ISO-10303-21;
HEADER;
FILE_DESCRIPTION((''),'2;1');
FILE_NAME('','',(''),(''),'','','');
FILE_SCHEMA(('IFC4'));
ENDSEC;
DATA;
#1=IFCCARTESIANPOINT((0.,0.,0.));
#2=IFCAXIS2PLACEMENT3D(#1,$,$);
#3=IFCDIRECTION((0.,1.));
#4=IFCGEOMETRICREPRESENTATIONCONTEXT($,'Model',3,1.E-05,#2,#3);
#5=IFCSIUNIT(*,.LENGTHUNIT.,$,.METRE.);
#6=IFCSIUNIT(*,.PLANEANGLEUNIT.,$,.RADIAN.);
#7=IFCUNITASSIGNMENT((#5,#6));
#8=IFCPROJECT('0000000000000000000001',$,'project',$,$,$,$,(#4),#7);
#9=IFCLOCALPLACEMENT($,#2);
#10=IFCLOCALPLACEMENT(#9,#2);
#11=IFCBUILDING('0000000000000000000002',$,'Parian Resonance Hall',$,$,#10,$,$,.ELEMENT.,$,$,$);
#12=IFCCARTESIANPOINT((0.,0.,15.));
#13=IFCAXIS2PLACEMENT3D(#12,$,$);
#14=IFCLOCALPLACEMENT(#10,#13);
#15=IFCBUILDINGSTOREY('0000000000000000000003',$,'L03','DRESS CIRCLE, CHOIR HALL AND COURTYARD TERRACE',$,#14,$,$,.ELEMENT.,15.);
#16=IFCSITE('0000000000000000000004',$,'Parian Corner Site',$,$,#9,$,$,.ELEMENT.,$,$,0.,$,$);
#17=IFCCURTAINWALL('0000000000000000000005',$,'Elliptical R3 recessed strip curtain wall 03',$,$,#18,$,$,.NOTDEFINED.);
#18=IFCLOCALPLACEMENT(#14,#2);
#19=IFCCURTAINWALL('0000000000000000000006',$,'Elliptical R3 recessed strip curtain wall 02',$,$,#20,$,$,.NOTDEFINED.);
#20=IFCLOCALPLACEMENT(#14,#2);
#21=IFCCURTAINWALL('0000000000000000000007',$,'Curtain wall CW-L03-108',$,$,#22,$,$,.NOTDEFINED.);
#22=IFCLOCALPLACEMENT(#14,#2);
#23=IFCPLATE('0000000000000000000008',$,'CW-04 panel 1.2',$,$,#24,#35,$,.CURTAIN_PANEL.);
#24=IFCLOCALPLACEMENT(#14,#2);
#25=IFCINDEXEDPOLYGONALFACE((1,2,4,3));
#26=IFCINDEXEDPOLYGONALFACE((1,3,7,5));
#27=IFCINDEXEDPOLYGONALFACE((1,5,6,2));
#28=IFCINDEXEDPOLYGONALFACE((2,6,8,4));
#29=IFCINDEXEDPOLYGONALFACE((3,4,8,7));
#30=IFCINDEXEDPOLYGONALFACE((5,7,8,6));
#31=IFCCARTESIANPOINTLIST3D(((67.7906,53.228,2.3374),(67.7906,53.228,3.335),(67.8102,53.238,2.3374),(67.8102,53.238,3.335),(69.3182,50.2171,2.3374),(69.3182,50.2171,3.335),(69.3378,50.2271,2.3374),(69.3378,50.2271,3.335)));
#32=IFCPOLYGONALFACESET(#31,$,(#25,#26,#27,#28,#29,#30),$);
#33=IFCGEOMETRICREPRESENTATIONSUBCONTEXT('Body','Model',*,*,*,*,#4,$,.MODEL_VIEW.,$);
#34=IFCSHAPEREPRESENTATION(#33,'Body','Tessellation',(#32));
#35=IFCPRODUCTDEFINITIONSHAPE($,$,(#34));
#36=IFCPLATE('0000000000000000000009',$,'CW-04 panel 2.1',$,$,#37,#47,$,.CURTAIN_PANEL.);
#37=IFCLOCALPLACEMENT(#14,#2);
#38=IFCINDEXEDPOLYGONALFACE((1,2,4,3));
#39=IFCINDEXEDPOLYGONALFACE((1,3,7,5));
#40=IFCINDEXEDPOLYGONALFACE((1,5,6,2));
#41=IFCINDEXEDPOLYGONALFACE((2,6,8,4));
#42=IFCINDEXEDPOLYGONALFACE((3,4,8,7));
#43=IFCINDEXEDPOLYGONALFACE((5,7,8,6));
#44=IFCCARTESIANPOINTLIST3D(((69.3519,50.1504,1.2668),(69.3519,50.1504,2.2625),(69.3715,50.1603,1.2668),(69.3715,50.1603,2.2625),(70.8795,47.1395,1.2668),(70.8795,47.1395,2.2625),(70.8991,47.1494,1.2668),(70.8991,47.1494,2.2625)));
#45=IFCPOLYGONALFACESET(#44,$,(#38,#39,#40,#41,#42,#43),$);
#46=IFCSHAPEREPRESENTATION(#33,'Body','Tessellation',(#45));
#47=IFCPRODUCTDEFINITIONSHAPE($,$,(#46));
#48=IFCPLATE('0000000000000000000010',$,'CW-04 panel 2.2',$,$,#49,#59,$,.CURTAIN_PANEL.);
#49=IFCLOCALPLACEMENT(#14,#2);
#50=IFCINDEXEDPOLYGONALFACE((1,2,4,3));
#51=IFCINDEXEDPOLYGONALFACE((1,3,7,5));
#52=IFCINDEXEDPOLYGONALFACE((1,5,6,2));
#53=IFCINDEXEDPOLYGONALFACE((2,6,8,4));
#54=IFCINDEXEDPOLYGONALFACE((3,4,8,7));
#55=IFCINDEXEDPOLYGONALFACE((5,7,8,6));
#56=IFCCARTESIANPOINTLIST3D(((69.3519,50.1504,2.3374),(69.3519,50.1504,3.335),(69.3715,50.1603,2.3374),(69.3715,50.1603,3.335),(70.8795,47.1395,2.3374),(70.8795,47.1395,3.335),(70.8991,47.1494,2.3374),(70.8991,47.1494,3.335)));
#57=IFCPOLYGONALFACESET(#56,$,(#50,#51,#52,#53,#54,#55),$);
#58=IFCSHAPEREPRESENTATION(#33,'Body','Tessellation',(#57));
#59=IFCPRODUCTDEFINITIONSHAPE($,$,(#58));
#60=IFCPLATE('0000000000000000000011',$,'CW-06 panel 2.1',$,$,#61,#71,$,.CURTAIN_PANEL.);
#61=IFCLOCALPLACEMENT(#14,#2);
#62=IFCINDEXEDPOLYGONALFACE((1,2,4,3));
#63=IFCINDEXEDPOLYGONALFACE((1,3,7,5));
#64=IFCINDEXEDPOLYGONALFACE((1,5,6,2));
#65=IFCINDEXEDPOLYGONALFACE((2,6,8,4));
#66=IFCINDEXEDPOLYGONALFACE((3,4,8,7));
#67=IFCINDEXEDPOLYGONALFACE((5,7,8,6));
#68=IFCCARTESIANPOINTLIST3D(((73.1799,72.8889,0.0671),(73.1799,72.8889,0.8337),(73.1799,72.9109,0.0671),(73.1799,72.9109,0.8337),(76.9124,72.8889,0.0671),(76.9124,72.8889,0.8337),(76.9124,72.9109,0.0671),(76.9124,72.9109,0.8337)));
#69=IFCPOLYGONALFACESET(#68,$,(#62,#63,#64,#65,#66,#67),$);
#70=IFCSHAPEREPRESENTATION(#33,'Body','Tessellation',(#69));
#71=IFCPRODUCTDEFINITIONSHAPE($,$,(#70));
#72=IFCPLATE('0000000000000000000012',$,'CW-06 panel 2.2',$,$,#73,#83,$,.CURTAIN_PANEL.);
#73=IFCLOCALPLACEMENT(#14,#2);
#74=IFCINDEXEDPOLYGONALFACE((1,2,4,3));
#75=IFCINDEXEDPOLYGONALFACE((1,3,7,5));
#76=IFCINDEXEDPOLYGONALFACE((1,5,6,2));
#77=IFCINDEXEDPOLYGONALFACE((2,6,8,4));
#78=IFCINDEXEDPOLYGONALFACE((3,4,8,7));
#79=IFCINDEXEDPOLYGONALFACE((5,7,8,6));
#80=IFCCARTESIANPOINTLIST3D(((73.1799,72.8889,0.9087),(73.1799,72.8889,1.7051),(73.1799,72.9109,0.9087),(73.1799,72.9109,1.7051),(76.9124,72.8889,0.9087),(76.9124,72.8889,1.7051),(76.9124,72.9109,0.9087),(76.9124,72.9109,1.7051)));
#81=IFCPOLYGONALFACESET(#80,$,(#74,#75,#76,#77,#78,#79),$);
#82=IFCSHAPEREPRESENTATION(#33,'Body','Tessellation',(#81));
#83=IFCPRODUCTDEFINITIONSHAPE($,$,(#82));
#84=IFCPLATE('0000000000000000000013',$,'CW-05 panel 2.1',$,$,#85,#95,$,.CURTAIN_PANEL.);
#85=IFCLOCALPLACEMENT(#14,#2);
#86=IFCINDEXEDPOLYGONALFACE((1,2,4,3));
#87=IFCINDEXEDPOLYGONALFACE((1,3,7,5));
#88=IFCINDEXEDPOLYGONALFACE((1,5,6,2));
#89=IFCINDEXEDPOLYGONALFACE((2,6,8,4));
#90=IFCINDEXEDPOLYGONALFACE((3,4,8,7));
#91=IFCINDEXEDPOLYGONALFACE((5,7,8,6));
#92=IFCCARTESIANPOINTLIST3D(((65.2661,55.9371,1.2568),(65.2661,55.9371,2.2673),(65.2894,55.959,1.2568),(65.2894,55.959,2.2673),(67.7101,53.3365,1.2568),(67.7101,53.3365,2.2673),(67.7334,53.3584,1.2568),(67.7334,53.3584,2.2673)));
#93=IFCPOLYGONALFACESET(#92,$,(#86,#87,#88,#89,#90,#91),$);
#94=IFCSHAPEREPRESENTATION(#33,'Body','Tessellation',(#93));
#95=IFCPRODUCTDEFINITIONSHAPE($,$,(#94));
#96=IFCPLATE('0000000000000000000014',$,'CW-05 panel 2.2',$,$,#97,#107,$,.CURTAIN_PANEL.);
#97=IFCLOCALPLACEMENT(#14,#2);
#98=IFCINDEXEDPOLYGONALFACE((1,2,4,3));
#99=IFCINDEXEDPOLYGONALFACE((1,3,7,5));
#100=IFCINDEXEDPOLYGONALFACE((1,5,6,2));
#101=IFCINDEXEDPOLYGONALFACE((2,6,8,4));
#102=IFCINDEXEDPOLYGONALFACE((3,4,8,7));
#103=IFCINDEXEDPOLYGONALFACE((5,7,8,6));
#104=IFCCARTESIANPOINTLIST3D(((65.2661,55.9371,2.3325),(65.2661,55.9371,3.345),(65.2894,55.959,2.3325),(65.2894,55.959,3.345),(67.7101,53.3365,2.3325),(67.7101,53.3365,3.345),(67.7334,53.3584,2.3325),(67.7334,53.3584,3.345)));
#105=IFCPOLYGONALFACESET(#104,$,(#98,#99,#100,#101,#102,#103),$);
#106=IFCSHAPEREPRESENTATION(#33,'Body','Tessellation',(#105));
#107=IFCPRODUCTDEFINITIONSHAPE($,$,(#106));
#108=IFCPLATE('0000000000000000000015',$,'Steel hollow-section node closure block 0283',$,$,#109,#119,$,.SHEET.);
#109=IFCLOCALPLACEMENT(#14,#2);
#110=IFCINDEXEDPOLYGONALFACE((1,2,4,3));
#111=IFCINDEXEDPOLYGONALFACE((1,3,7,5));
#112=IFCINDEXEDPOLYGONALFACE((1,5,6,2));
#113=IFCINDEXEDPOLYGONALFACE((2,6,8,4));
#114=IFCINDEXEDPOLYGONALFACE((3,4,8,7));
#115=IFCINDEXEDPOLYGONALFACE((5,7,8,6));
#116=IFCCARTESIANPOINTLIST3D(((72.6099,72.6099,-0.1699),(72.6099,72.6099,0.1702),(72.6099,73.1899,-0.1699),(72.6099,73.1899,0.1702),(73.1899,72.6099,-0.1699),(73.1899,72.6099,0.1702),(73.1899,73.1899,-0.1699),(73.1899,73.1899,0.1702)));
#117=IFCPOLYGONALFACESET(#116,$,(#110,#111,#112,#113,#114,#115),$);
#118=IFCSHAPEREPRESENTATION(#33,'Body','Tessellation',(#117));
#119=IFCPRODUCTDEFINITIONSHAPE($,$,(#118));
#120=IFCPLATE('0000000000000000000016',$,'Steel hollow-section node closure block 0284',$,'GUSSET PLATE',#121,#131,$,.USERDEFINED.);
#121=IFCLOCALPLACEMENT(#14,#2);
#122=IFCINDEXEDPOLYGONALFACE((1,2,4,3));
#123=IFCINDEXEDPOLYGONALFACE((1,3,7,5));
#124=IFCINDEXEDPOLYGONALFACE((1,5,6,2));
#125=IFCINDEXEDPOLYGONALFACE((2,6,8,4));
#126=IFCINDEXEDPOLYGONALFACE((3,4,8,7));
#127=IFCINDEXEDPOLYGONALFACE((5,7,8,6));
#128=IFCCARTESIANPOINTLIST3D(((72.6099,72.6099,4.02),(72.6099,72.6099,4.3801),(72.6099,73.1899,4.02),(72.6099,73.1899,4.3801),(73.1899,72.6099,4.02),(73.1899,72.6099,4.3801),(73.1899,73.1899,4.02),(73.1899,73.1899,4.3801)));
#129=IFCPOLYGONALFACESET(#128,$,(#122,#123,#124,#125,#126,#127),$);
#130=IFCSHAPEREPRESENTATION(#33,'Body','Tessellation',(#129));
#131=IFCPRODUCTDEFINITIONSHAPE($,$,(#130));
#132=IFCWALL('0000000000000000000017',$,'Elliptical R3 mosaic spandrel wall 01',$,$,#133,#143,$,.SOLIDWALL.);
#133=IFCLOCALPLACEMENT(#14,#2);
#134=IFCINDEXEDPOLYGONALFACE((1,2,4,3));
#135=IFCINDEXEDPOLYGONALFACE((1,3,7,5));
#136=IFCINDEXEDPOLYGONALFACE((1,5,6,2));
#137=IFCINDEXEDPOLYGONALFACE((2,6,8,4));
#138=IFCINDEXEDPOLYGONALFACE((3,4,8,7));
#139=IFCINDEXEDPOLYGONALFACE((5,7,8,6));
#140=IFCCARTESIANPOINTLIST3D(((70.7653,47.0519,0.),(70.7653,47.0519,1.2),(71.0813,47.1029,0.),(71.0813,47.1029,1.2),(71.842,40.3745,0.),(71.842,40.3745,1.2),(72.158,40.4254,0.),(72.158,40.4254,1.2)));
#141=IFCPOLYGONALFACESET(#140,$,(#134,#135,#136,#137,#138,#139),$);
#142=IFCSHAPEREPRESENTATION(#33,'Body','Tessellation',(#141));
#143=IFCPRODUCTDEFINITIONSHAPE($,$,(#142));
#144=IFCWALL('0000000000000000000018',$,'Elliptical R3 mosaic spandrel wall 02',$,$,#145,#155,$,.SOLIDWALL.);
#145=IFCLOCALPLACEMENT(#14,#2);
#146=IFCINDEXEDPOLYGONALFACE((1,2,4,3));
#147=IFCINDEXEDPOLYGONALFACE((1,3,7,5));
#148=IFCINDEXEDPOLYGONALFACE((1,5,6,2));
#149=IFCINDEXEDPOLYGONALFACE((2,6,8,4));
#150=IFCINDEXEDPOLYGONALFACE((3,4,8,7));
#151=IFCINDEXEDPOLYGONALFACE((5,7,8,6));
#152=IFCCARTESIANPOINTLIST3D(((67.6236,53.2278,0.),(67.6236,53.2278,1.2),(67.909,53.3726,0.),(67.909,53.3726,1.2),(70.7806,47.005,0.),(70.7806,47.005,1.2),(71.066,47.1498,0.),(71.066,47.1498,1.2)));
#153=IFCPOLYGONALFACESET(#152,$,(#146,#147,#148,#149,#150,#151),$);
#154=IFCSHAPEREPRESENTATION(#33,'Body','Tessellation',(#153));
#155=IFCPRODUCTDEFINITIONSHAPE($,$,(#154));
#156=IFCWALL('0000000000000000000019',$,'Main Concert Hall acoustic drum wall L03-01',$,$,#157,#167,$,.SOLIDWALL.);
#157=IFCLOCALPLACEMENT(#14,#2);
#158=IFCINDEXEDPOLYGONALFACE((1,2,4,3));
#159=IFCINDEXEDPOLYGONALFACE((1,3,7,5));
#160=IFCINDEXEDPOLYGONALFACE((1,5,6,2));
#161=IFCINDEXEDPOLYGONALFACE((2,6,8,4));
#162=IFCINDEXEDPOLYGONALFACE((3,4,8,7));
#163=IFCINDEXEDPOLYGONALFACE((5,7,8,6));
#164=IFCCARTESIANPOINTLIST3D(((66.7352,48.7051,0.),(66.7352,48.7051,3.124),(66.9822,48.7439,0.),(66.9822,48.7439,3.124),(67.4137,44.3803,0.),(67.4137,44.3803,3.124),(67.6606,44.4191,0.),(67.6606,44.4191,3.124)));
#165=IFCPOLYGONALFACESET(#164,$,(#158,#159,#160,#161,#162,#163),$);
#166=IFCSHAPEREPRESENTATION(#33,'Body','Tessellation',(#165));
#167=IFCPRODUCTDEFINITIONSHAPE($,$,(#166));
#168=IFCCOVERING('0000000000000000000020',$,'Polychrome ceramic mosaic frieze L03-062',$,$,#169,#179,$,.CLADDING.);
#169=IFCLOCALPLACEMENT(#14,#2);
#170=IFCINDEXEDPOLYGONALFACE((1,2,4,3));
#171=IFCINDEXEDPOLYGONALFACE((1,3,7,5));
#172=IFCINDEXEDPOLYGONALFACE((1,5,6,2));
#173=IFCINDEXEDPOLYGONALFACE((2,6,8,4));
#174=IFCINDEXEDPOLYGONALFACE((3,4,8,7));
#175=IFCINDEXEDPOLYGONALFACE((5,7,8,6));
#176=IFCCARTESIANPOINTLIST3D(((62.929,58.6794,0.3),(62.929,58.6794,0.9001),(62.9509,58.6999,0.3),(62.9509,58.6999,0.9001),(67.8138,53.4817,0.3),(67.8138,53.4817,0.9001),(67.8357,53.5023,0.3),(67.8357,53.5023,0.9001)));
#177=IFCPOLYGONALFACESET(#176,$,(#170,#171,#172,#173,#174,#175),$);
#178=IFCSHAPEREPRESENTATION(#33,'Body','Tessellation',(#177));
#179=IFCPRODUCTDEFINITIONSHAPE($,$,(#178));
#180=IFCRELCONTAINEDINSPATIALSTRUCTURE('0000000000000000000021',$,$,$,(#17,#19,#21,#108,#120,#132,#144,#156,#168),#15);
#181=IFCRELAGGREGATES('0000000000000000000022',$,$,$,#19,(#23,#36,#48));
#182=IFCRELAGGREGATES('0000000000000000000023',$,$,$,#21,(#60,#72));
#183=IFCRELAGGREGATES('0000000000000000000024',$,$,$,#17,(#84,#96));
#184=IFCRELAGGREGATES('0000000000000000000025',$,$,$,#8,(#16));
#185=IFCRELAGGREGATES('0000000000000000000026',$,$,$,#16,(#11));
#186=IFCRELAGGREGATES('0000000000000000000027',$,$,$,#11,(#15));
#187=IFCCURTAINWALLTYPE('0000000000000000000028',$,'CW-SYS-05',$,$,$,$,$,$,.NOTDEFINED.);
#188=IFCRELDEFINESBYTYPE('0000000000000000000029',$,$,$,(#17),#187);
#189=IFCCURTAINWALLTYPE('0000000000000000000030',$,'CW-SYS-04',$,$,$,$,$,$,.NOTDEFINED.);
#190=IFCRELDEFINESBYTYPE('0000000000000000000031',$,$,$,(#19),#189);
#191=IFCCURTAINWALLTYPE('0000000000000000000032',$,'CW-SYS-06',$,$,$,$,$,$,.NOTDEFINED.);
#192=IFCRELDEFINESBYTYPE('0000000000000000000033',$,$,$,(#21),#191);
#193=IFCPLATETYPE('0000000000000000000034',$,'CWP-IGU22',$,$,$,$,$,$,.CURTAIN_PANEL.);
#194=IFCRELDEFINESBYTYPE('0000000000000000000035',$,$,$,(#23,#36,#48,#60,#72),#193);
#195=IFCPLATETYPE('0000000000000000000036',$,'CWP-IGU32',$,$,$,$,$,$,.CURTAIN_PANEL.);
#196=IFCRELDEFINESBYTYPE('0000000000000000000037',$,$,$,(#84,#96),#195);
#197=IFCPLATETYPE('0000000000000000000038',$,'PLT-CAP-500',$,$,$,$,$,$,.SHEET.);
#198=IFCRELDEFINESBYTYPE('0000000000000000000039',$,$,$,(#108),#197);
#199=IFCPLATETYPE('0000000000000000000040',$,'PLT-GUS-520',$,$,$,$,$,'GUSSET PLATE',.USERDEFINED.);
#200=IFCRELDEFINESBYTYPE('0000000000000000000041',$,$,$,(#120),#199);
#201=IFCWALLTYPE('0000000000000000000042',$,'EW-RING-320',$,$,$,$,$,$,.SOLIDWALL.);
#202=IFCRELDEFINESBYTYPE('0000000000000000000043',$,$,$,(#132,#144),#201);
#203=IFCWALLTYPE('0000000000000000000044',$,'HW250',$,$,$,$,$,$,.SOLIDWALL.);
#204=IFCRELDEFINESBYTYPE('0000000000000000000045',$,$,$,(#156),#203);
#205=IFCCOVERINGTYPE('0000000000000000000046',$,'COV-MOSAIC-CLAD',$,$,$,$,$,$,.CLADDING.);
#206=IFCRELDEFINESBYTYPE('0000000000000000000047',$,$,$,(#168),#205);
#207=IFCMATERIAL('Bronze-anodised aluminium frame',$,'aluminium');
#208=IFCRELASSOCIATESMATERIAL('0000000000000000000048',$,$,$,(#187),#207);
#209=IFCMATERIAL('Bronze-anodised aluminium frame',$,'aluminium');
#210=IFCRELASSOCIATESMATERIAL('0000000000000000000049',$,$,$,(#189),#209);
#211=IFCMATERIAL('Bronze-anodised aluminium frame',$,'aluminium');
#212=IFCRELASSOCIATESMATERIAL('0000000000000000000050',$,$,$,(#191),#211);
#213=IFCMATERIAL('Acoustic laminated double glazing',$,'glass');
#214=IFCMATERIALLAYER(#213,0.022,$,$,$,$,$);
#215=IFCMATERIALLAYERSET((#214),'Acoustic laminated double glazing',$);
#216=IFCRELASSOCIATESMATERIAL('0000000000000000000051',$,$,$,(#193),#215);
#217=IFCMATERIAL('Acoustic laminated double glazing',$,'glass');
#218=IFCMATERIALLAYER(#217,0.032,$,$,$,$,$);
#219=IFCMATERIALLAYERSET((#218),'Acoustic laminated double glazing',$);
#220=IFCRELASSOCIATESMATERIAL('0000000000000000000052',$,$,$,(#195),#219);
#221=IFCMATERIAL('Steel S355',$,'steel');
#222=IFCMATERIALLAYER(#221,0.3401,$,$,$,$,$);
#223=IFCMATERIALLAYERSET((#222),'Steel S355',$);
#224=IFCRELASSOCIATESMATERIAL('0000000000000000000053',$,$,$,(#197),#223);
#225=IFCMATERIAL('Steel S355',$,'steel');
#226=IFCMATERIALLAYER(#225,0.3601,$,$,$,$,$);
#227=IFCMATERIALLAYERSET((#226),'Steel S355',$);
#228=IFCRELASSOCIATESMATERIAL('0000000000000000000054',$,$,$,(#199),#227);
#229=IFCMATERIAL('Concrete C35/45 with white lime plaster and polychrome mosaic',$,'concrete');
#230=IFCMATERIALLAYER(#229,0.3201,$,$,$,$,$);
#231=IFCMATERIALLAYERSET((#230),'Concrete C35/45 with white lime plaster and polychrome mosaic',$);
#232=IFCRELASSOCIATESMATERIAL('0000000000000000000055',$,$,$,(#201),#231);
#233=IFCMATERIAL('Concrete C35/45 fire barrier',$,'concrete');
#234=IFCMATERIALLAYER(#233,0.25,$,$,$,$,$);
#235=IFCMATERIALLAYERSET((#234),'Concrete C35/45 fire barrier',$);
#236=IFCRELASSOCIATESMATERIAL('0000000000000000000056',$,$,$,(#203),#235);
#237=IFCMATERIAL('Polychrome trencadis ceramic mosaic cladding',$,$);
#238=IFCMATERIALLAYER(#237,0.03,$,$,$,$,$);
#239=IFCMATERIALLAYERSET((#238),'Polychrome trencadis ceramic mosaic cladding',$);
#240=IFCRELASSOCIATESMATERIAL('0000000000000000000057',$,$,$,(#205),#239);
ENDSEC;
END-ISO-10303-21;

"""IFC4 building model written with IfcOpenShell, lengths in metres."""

from ifc_helpers import new_model, si_unit, direction, frame, frame_2d, origin, origin_2d, place, context, subcontext, project, spatial, rectangle, extrude, material, layer, layer_set, type_object, element, aggregate, save


model = new_model("IFC4")

# Units and contexts
model_context = context("Model", 3, precision=1e-05, world=origin(), true_north=direction((0.0, 1.0)))
body_context = subcontext(model_context, "Body", "Model", "MODEL_VIEW")
ifc_project = project(units=[si_unit("LENGTHUNIT", "METRE"), si_unit("PLANEANGLEUNIT", "RADIAN")], contexts=[model_context])

# Site, building, storey
site_placement = place(None, origin())
site = spatial("IfcSite", under=ifc_project, at=site_placement, Name="Parian Corner Site", CompositionType="ELEMENT", RefElevation=0.0)
building_placement = place(site_placement, origin())
building = spatial("IfcBuilding", under=site, at=building_placement, Name="Parian Resonance Hall", CompositionType="ELEMENT")
storey_placement = place(building_placement, frame((0.0, 0.0, 15.0)))
storey = spatial("IfcBuildingStorey", under=building, at=storey_placement, Name="L03", Description="DRESS CIRCLE, CHOIR HALL AND COURTYARD TERRACE", CompositionType="ELEMENT", Elevation=15.0)

# Curtain wall
ifc_material_1 = material(Name="Bronze-anodised aluminium frame", Category="aluminium")
curtain_wall_type_1 = type_object("IfcCurtainWallType", Name="CW-SYS-05", PredefinedType="NOTDEFINED", material=ifc_material_1)
curtain_wall_1_placement = place(storey_placement, origin())
curtain_wall_1 = element("IfcCurtainWall", 1, at=curtain_wall_1_placement, inside=storey, type_object=curtain_wall_type_1, Name="Elliptical R3 recessed strip curtain wall 03", PredefinedType="NOTDEFINED")

# Curtain wall
ifc_material_2 = material(Name="Bronze-anodised aluminium frame", Category="aluminium")
curtain_wall_type_2 = type_object("IfcCurtainWallType", Name="CW-SYS-04", PredefinedType="NOTDEFINED", material=ifc_material_2)
curtain_wall_2_placement = place(storey_placement, origin())
curtain_wall_2 = element("IfcCurtainWall", 2, at=curtain_wall_2_placement, inside=storey, type_object=curtain_wall_type_2, Name="Elliptical R3 recessed strip curtain wall 02", PredefinedType="NOTDEFINED")

# Curtain wall
ifc_material_3 = material(Name="Bronze-anodised aluminium frame", Category="aluminium")
curtain_wall_type_3 = type_object("IfcCurtainWallType", Name="CW-SYS-06", PredefinedType="NOTDEFINED", material=ifc_material_3)
curtain_wall_3_placement = place(storey_placement, origin())
curtain_wall_3 = element("IfcCurtainWall", 3, at=curtain_wall_3_placement, inside=storey, type_object=curtain_wall_type_3, Name="Curtain wall CW-L03-108", PredefinedType="NOTDEFINED")

# Plates
ifc_material_4 = material(Name="Acoustic laminated double glazing", Category="glass")
ifc_layer_1 = layer(ifc_material_4, 0.022)
ifc_layer_set_1 = layer_set([ifc_layer_1], Name="Acoustic laminated double glazing")
plate_type_1 = type_object("IfcPlateType", Name="CWP-IGU22", PredefinedType="CURTAIN_PANEL", material=ifc_layer_set_1)
plate_1_placement = place(storey_placement, frame((68.5642, 51.7275, 2.3374), z_axis=(0.0, 0.0, 1.0), x_axis=(0.45244, -0.891795, 0.0)))
plate_1 = element("IfcPlate", 4, at=plate_1_placement, type_object=plate_type_1, Name="CW-04 panel 1.2", PredefinedType="CURTAIN_PANEL", context=body_context, shape_type="SweptSolid", body=[
    extrude(rectangle(XDim=3.3762, YDim=0.022, at=origin_2d()), origin(), (0.0, 0.0, 1.0), 0.9976),
])
plate_2_placement = place(storey_placement, frame((70.1255, 48.6499, 1.2668), z_axis=(0.0, 0.0, 1.0), x_axis=(0.45244, -0.891795, 0.0)))
plate_2 = element("IfcPlate", 5, at=plate_2_placement, type_object=plate_type_1, Name="CW-04 panel 2.1", PredefinedType="CURTAIN_PANEL", context=body_context, shape_type="SweptSolid", body=[
    extrude(rectangle(XDim=3.3762, YDim=0.022, at=origin_2d()), origin(), (0.0, 0.0, 1.0), 0.9956),
])
plate_3_placement = place(storey_placement, frame((70.1255, 48.6499, 2.3374), z_axis=(0.0, 0.0, 1.0), x_axis=(0.45244, -0.891795, 0.0)))
plate_3 = element("IfcPlate", 6, at=plate_3_placement, type_object=plate_type_1, Name="CW-04 panel 2.2", PredefinedType="CURTAIN_PANEL", context=body_context, shape_type="SweptSolid", body=[
    extrude(rectangle(XDim=3.3762, YDim=0.022, at=origin_2d()), origin(), (0.0, 0.0, 1.0), 0.9976),
])
aggregate(curtain_wall_2, [plate_1, plate_2, plate_3])
plate_4_placement = place(storey_placement, frame((75.0461, 72.8999, 0.0671), z_axis=(0.0, 0.0, 1.0), x_axis=(-1.0, 0.0, 0.0)))
plate_4 = element("IfcPlate", 7, at=plate_4_placement, type_object=plate_type_1, Name="CW-06 panel 2.1", PredefinedType="CURTAIN_PANEL", context=body_context, shape_type="SweptSolid", body=[
    extrude(rectangle(XDim=3.7324, YDim=0.022, at=origin_2d()), origin(), (0.0, 0.0, 1.0), 0.7666),
])
plate_5_placement = place(storey_placement, frame((75.0461, 72.8999, 0.9087), z_axis=(0.0, 0.0, 1.0), x_axis=(-1.0, 0.0, 0.0)))
plate_5 = element("IfcPlate", 8, at=plate_5_placement, type_object=plate_type_1, Name="CW-06 panel 2.2", PredefinedType="CURTAIN_PANEL", context=body_context, shape_type="SweptSolid", body=[
    extrude(rectangle(XDim=3.7324, YDim=0.022, at=origin_2d()), origin(), (0.0, 0.0, 1.0), 0.7964),
])
aggregate(curtain_wall_3, [plate_4, plate_5])
ifc_material_5 = material(Name="Acoustic laminated double glazing", Category="glass")
ifc_layer_2 = layer(ifc_material_5, 0.032)
ifc_layer_set_2 = layer_set([ifc_layer_2], Name="Acoustic laminated double glazing")
plate_type_2 = type_object("IfcPlateType", Name="CWP-IGU32", PredefinedType="CURTAIN_PANEL", material=ifc_layer_set_2)
plate_6_placement = place(storey_placement, frame((66.4998, 54.6477, 1.2568), z_axis=(0.0, 0.0, 1.0), x_axis=(0.684838, -0.728695, 0.0)))
plate_6 = element("IfcPlate", 9, at=plate_6_placement, type_object=plate_type_2, Name="CW-05 panel 2.1", PredefinedType="CURTAIN_PANEL", context=body_context, shape_type="SweptSolid", body=[
    extrude(rectangle(XDim=3.5688, YDim=0.032, at=origin_2d()), origin(), (0.0, 0.0, 1.0), 1.0105),
])
plate_7_placement = place(storey_placement, frame((66.4998, 54.6477, 2.3325), z_axis=(0.0, 0.0, 1.0), x_axis=(0.684838, -0.728695, 0.0)))
plate_7 = element("IfcPlate", 10, at=plate_7_placement, type_object=plate_type_2, Name="CW-05 panel 2.2", PredefinedType="CURTAIN_PANEL", context=body_context, shape_type="SweptSolid", body=[
    extrude(rectangle(XDim=3.5688, YDim=0.032, at=origin_2d()), origin(), (0.0, 0.0, 1.0), 1.0125),
])
aggregate(curtain_wall_1, [plate_6, plate_7])

# Plates
ifc_material_6 = material(Name="Steel S355", Category="steel")
ifc_layer_3 = layer(ifc_material_6, 0.3401)
ifc_layer_set_3 = layer_set([ifc_layer_3], Name="Steel S355")
plate_type_3 = type_object("IfcPlateType", Name="PLT-CAP-500", PredefinedType="SHEET", material=ifc_layer_set_3)
plate_8_placement = place(storey_placement, frame((72.8999, 72.8999, -0.1699), z_axis=(0.0, 0.0, 1.0), x_axis=(1.0, 0.0, 0.0)))
element("IfcPlate", 11, at=plate_8_placement, inside=storey, type_object=plate_type_3, Name="Steel hollow-section node closure block 0283", PredefinedType="SHEET", context=body_context, shape_type="SweptSolid", body=[
    extrude(rectangle(XDim=0.5801, YDim=0.5801, at=origin_2d()), origin(), (0.0, 0.0, 1.0), 0.3401),
])
ifc_material_7 = material(Name="Steel S355", Category="steel")
ifc_layer_4 = layer(ifc_material_7, 0.3601)
ifc_layer_set_4 = layer_set([ifc_layer_4], Name="Steel S355")
plate_type_4 = type_object("IfcPlateType", Name="PLT-GUS-520", ElementType="GUSSET PLATE", PredefinedType="USERDEFINED", material=ifc_layer_set_4)
plate_9_placement = place(storey_placement, frame((72.8999, 72.8999, 4.02), z_axis=(0.0, 0.0, 1.0), x_axis=(1.0, 0.0, 0.0)))
element("IfcPlate", 12, at=plate_9_placement, inside=storey, type_object=plate_type_4, Name="Steel hollow-section node closure block 0284", ObjectType="GUSSET PLATE", PredefinedType="USERDEFINED", context=body_context, shape_type="SweptSolid", body=[
    extrude(rectangle(XDim=0.5801, YDim=0.5801, at=origin_2d()), origin(), (0.0, 0.0, 1.0), 0.3601),
])

# Walls
ifc_material_8 = material(Name="Concrete C35/45 with white lime plaster and polychrome mosaic", Category="concrete")
ifc_layer_5 = layer(ifc_material_8, 0.3201)
ifc_layer_set_5 = layer_set([ifc_layer_5], Name="Concrete C35/45 with white lime plaster and polychrome mosaic")
wall_type_1 = type_object("IfcWallType", Name="EW-RING-320", PredefinedType="SOLIDWALL", material=ifc_layer_set_5)
wall_1_placement = place(storey_placement, frame((70.9233, 47.0774, 0.0), z_axis=(0.0, 0.0, 1.0), x_axis=(0.159181, -0.987249, 0.0)))
element("IfcWall", 13, at=wall_1_placement, inside=storey, type_object=wall_type_1, Name="Elliptical R3 mosaic spandrel wall 01", PredefinedType="SOLIDWALL", context=body_context, shape_type="SweptSolid", body=[
    extrude(rectangle(XDim=6.7637, YDim=0.3201, at=frame_2d((3.3818, 0.0))), origin(), (0.0, 0.0, 1.0), 1.2),
])
wall_2_placement = place(storey_placement, frame((67.7664, 53.3, 0.0), z_axis=(0.0, 0.0, 1.0), x_axis=(0.45244, -0.891795, 0.0)))
element("IfcWall", 14, at=wall_2_placement, inside=storey, type_object=wall_type_1, Name="Elliptical R3 mosaic spandrel wall 02", PredefinedType="SOLIDWALL", context=body_context, shape_type="SweptSolid", body=[
    extrude(rectangle(XDim=6.9778, YDim=0.3201, at=frame_2d((3.4888, 0.0))), origin(), (0.0, 0.0, 1.0), 1.2),
])
ifc_material_9 = material(Name="Concrete C35/45 fire barrier", Category="concrete")
ifc_layer_6 = layer(ifc_material_9, 0.25)
ifc_layer_set_6 = layer_set([ifc_layer_6], Name="Concrete C35/45 fire barrier")
wall_type_2 = type_object("IfcWallType", Name="HW250", PredefinedType="SOLIDWALL", material=ifc_layer_set_6)
wall_3_placement = place(storey_placement, frame((66.8586, 48.7246, 0.0), z_axis=(0.0, 0.0, 1.0), x_axis=(0.154986, -0.987917, 0.0)))
element("IfcWall", 15, at=wall_3_placement, inside=storey, type_object=wall_type_2, Name="Main Concert Hall acoustic drum wall L03-01", PredefinedType="SOLIDWALL", context=body_context, shape_type="SweptSolid", body=[
    extrude(rectangle(XDim=4.3777, YDim=0.25, at=frame_2d((2.189, 0.0))), origin(), (0.0, 0.0, 1.0), 3.124),
])

# Covering
ifc_material_10 = material(Name="Polychrome trencadis ceramic mosaic cladding")
ifc_layer_7 = layer(ifc_material_10, 0.03)
ifc_layer_set_7 = layer_set([ifc_layer_7], Name="Polychrome trencadis ceramic mosaic cladding")
covering_type = type_object("IfcCoveringType", Name="COV-MOSAIC-CLAD", PredefinedType="CLADDING", material=ifc_layer_set_7)
covering_placement = place(storey_placement, frame((65.3823, 56.0908, 0.3), z_axis=(0.0, 0.0, 1.0), x_axis=(0.684838, -0.728695, 0.0)))
element("IfcCovering", 16, at=covering_placement, inside=storey, type_object=covering_type, Name="Polychrome ceramic mosaic frieze L03-062", PredefinedType="CLADDING", context=body_context, shape_type="SweptSolid", body=[
    extrude(rectangle(XDim=7.1328, YDim=0.03, at=origin_2d()), origin(), (0.0, 0.0, 1.0), 0.6001),
])

save(model, "model.ifc")
